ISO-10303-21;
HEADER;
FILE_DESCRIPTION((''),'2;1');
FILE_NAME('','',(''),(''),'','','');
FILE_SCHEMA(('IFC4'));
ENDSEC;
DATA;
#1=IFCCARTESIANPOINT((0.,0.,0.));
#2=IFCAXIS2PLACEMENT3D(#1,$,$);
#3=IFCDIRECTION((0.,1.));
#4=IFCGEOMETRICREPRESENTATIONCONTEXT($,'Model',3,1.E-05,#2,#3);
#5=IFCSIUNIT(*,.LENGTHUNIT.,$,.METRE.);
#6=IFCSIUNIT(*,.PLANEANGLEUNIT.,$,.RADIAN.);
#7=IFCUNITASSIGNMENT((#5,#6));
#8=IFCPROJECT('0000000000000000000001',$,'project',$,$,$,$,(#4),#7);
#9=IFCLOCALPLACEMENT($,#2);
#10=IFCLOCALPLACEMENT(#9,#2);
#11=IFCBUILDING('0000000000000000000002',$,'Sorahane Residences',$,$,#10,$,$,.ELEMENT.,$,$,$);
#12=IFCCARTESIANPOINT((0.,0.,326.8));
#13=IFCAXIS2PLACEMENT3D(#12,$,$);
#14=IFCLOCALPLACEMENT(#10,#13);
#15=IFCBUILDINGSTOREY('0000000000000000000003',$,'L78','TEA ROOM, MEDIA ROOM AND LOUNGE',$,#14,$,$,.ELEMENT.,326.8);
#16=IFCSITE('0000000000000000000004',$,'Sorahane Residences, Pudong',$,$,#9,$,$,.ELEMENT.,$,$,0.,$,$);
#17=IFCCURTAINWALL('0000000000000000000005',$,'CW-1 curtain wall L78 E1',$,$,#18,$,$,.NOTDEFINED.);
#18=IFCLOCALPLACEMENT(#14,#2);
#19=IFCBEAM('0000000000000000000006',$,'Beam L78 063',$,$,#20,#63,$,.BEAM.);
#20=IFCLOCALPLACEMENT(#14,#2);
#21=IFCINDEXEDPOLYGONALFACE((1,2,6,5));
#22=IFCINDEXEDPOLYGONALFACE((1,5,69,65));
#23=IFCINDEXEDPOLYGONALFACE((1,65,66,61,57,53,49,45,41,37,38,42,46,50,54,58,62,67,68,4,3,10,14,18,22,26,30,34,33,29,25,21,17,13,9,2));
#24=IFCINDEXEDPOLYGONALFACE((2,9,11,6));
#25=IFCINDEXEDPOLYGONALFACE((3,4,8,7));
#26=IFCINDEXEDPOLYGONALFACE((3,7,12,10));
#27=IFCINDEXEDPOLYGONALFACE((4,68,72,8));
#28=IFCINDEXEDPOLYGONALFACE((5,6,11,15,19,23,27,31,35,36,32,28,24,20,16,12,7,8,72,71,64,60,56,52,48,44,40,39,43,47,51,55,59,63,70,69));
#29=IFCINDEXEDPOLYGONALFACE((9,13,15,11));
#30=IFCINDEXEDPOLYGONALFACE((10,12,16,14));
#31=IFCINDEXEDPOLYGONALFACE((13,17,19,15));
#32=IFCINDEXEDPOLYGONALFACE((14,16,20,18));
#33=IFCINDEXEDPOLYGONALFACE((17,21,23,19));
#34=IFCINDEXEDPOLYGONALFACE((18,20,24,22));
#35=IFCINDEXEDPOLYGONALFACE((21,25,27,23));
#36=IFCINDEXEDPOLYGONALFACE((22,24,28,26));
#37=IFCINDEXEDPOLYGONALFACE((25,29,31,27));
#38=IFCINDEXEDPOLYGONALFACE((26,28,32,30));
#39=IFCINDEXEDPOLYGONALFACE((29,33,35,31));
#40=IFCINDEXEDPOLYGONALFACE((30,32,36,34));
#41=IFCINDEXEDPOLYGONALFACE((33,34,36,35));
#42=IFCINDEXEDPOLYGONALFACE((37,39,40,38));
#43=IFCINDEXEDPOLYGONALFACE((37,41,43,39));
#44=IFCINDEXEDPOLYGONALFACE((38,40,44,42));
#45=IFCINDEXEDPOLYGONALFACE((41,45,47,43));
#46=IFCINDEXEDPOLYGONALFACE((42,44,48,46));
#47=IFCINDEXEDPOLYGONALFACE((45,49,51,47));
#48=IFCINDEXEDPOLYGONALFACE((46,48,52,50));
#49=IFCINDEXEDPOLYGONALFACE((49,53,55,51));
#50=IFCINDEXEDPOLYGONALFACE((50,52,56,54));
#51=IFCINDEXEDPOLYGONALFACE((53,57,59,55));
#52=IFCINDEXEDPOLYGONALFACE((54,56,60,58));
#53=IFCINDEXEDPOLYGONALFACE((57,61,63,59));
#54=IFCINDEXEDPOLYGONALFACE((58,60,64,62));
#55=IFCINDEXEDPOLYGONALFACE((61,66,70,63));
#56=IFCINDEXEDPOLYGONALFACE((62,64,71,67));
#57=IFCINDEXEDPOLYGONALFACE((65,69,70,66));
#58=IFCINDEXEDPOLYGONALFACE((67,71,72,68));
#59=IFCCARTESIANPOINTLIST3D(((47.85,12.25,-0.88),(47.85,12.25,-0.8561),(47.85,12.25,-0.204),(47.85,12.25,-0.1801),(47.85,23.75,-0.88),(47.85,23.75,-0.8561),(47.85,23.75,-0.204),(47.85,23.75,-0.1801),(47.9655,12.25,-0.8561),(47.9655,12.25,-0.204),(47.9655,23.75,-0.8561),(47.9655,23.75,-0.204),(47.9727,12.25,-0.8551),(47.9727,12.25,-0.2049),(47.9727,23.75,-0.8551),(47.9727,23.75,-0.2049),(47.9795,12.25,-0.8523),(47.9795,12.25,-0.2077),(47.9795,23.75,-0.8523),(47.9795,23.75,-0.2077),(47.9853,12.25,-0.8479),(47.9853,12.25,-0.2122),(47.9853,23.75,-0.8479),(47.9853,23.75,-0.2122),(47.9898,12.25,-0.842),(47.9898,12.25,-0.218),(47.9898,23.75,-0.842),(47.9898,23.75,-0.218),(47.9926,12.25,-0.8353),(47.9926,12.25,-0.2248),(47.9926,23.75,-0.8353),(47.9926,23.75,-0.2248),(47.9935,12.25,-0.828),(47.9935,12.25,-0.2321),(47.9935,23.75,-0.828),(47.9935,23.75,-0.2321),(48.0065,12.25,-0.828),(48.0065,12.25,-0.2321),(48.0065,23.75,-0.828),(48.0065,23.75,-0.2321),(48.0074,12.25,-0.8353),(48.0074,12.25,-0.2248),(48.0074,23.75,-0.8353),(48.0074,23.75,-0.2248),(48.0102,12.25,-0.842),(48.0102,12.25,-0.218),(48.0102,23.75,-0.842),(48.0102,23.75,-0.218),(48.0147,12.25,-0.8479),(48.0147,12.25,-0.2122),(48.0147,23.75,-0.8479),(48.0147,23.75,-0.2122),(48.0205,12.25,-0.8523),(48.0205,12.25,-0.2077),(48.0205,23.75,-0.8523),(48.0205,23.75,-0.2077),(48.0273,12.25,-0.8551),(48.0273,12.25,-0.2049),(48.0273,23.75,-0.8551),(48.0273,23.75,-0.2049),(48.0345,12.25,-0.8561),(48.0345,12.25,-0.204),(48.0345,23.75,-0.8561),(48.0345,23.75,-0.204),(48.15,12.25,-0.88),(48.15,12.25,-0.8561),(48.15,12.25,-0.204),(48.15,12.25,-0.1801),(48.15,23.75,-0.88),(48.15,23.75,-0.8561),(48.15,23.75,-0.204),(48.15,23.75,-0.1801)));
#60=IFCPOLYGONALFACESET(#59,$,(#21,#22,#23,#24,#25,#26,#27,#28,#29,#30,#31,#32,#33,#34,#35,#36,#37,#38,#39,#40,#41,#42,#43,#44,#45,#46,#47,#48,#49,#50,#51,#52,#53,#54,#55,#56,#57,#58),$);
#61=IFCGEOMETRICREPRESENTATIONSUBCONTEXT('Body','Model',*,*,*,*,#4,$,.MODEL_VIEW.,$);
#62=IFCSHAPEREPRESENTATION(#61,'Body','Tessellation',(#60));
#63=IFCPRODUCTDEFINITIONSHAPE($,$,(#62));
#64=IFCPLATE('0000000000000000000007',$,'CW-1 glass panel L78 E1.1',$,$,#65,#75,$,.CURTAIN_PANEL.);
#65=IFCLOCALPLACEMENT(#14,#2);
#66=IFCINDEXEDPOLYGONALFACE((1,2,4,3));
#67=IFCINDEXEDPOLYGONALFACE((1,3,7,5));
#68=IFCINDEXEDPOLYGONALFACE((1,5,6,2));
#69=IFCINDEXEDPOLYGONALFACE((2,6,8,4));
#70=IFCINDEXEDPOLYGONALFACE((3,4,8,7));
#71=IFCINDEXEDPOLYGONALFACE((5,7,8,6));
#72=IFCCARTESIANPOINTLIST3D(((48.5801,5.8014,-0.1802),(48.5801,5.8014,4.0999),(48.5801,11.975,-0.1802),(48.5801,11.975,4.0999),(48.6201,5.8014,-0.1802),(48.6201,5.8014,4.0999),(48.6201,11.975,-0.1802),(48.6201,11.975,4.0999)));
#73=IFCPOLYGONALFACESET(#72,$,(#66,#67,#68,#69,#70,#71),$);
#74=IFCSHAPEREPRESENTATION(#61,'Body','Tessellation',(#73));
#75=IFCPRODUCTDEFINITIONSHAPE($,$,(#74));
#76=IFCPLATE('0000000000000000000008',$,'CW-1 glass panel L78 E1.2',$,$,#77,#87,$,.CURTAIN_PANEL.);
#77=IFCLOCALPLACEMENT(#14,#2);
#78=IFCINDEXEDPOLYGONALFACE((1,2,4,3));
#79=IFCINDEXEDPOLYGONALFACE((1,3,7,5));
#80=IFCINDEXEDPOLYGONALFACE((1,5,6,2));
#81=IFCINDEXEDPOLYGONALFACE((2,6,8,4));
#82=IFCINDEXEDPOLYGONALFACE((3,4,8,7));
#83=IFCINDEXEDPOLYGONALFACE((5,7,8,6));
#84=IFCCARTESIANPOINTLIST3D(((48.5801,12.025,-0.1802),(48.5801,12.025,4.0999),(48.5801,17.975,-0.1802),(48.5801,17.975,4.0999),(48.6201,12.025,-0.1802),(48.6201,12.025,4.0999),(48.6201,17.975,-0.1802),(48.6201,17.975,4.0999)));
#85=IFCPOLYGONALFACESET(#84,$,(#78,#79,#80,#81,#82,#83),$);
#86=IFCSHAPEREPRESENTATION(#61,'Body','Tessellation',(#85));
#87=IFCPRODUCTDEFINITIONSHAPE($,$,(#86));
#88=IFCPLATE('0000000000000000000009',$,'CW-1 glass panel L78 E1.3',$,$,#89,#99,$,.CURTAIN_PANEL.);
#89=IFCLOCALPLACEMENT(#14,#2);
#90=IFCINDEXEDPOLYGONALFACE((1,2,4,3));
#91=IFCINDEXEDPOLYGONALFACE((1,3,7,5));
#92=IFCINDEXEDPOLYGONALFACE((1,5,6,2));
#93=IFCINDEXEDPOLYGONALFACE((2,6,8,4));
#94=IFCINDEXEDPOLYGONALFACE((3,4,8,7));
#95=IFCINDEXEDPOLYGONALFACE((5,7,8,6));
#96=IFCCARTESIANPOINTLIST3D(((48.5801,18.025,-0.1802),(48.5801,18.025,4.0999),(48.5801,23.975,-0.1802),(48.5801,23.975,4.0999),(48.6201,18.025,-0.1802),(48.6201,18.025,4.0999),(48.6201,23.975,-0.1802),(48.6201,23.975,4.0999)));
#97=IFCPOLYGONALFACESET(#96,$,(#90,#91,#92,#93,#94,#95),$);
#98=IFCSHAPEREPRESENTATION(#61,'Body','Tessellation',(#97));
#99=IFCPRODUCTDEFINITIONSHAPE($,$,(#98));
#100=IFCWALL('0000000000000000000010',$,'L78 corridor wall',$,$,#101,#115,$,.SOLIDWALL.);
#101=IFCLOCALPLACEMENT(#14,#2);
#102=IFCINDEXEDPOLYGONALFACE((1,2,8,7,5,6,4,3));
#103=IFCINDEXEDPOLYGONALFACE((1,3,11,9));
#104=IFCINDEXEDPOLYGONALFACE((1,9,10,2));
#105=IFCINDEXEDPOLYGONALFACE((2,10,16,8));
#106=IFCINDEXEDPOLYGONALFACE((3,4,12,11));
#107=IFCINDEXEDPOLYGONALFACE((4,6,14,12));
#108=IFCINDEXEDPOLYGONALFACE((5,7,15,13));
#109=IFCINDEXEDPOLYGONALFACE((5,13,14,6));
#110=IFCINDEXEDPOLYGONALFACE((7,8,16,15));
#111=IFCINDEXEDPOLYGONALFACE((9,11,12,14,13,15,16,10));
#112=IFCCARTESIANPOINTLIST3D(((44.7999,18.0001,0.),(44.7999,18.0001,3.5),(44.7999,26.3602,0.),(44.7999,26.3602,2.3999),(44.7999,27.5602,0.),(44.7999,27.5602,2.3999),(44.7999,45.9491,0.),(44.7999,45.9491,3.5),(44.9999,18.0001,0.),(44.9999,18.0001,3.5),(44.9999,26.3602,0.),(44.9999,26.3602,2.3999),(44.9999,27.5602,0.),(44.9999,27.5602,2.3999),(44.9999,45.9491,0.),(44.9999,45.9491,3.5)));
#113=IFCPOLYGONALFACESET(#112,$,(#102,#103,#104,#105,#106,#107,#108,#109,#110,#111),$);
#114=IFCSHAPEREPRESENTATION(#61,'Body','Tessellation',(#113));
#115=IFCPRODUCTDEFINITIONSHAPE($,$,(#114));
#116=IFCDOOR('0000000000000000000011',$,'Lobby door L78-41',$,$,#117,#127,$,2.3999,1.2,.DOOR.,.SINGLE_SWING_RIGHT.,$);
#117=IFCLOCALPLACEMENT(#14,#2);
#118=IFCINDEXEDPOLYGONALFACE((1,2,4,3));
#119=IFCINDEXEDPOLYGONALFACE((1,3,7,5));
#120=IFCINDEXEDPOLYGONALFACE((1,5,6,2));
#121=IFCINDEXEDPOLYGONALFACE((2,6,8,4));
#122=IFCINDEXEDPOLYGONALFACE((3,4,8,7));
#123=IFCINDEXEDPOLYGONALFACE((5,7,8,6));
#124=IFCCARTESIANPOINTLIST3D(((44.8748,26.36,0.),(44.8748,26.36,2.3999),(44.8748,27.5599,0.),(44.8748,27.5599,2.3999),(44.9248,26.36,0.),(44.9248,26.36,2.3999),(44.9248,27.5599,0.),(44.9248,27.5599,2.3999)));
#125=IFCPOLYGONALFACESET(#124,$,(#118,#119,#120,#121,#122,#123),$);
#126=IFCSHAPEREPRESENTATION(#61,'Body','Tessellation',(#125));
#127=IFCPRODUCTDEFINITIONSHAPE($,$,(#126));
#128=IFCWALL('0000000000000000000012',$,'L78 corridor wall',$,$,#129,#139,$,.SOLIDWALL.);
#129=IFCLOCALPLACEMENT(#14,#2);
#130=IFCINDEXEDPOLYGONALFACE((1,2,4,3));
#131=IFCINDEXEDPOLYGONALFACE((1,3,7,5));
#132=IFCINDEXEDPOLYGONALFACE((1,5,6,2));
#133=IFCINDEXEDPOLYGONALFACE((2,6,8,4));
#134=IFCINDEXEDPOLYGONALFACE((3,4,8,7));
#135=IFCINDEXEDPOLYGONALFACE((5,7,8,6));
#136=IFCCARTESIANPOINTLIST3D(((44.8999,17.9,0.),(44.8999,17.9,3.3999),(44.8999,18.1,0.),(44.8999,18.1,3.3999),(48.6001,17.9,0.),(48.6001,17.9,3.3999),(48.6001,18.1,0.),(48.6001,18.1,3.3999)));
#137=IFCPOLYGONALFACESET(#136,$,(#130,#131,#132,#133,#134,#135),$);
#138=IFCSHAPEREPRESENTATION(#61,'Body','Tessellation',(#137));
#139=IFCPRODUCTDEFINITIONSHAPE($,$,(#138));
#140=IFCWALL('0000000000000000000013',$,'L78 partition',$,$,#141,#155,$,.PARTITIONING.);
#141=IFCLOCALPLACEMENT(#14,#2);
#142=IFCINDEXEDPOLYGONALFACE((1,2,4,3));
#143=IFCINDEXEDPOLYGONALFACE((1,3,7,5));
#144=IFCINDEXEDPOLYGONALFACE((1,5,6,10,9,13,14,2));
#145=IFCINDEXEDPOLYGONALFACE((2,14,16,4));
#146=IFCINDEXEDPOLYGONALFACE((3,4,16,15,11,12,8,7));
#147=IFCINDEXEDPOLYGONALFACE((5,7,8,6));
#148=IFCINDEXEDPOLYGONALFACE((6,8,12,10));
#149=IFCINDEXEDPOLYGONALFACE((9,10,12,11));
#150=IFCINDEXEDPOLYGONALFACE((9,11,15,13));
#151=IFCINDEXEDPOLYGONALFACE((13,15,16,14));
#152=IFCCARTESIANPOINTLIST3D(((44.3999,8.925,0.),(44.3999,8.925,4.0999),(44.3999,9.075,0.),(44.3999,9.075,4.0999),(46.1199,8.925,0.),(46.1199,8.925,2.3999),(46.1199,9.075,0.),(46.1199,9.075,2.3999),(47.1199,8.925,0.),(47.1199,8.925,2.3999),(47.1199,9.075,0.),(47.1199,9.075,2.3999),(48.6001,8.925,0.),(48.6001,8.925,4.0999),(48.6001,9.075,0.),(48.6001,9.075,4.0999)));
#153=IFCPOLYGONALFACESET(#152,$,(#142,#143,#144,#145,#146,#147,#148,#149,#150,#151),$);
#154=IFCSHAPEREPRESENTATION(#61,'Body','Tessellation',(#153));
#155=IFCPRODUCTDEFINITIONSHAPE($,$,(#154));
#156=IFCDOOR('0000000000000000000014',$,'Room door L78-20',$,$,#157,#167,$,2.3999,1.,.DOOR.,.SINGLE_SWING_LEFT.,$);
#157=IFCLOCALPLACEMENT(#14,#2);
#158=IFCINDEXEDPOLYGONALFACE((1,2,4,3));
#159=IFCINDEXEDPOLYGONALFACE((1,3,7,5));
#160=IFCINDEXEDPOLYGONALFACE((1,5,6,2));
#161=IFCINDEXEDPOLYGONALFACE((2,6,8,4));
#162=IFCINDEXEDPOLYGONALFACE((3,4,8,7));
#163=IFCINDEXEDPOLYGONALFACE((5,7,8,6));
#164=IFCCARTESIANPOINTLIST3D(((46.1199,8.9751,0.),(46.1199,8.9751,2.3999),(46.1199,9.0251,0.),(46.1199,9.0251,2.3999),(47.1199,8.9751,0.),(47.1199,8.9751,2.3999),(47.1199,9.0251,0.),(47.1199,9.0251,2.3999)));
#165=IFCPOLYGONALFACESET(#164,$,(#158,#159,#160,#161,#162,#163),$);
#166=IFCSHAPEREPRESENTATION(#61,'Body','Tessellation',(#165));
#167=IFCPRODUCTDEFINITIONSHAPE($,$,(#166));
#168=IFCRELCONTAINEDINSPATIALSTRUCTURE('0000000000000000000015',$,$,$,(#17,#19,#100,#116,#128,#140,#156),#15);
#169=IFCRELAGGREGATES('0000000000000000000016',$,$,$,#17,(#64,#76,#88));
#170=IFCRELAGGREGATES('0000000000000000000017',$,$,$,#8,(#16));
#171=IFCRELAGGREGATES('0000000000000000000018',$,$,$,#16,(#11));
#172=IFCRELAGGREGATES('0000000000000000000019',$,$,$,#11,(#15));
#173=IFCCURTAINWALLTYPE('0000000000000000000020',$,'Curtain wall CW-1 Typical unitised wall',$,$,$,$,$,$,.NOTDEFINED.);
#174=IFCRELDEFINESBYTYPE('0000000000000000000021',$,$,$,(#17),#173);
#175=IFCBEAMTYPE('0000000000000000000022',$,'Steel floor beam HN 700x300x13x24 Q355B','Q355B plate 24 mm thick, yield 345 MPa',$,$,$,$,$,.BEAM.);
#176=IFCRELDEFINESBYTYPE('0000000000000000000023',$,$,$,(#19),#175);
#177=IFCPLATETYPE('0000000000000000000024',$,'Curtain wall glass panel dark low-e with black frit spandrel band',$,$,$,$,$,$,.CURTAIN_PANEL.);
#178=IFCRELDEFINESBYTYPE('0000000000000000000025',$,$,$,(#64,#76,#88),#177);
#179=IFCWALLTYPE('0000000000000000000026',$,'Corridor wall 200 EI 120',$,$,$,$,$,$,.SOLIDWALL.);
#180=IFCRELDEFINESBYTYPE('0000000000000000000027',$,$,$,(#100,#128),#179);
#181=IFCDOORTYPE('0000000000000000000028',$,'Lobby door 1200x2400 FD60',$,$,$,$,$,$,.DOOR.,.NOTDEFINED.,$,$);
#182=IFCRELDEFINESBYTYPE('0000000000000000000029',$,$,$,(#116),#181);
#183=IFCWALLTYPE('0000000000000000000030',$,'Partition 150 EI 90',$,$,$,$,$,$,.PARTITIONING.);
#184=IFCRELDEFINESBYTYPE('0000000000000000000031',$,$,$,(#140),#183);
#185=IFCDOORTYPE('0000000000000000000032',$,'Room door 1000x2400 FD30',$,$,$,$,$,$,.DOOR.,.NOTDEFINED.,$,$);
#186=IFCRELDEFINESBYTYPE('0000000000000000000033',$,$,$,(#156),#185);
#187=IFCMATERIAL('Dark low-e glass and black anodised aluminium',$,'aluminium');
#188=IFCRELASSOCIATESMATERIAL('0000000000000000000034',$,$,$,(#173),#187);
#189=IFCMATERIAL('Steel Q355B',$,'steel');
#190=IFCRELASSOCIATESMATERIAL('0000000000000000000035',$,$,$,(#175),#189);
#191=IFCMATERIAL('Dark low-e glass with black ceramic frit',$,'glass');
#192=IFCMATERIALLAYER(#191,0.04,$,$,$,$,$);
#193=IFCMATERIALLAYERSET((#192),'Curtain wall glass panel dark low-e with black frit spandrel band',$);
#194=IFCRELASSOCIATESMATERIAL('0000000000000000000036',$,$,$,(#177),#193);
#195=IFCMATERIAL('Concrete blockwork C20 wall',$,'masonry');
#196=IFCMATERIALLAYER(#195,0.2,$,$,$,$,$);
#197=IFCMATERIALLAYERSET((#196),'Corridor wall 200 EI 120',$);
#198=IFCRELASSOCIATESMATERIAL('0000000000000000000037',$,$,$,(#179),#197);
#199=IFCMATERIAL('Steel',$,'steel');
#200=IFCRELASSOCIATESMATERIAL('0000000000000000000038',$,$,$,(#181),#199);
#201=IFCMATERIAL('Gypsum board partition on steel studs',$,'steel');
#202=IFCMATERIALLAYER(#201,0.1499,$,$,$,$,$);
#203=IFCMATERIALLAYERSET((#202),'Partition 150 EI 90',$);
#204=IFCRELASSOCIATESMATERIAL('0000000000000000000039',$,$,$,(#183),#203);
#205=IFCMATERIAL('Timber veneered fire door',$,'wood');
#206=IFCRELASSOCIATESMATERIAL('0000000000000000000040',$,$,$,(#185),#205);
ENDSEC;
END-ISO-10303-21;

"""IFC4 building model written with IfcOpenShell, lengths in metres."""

from ifc_helpers import new_model, si_unit, direction, frame, frame_2d, origin, origin_2d, place, context, subcontext, project, spatial, rectangle, i_section, extrude, material, layer, layer_set, material_profile, profile_set, type_object, element, fill, aggregate, save


model = new_model("IFC4")

# Units and contexts
model_context = context("Model", 3, precision=1e-05, world=origin(), true_north=direction((0.0, 1.0)))
body_context = subcontext(model_context, "Body", "Model", "MODEL_VIEW")
ifc_project = project(units=[si_unit("LENGTHUNIT", "METRE"), si_unit("PLANEANGLEUNIT", "RADIAN")], contexts=[model_context])

# Site, building, storey
site_placement = place(None, origin())
site = spatial("IfcSite", under=ifc_project, at=site_placement, Name="Sorahane Residences, Pudong", CompositionType="ELEMENT", RefElevation=0.0)
building_placement = place(site_placement, origin())
building = spatial("IfcBuilding", under=site, at=building_placement, Name="Sorahane Residences", CompositionType="ELEMENT")
storey_placement = place(building_placement, frame((0.0, 0.0, 326.8)))
storey = spatial("IfcBuildingStorey", under=building, at=storey_placement, Name="L78", Description="TEA ROOM, MEDIA ROOM AND LOUNGE", CompositionType="ELEMENT", Elevation=326.8)

# Curtain wall
ifc_material_1 = material(Name="Dark low-e glass and black anodised aluminium", Category="aluminium")
curtain_wall_type = type_object("IfcCurtainWallType", Name="Curtain wall CW-1 Typical unitised wall", PredefinedType="NOTDEFINED", material=ifc_material_1)
curtain_wall_placement = place(storey_placement, origin())
curtain_wall = element("IfcCurtainWall", 1, at=curtain_wall_placement, inside=storey, type_object=curtain_wall_type, Name="CW-1 curtain wall L78 E1", PredefinedType="NOTDEFINED")

# Beam
ifc_material_2 = material(Name="Steel Q355B", Category="steel")
ifc_material_profile_1 = material_profile(ifc_material_2, i_section(OverallWidth=0.3, OverallDepth=0.7, WebThickness=0.0129, FlangeThickness=0.0239, FilletRadius=0.0281, at=origin_2d()), Name="HN 700x300x13x24")
ifc_profile_set_1 = profile_set([ifc_material_profile_1], Name="Steel Q355B")
beam_type_1 = type_object("IfcBeamType", Name="Steel floor beam HN 700x300x13x24 Q355B", Description="Q355B plate 24 mm thick, yield 345 MPa", PredefinedType="BEAM", material=ifc_profile_set_1)
beam_1_placement = place(storey_placement, frame((48.0, 12.25, -0.53), z_axis=(0.0, 1.0, 0.0), x_axis=(-1.0, 0.0, 0.0)))
element("IfcBeam", 2, at=beam_1_placement, inside=storey, type_object=beam_type_1, Name="Beam L78 063", PredefinedType="BEAM", context=body_context, shape_type="SweptSolid", body=[
    extrude(i_section(OverallWidth=0.3, OverallDepth=0.7, WebThickness=0.0129, FlangeThickness=0.0239, FilletRadius=0.0281, at=origin_2d()), origin(), (0.0, 0.0, 1.0), 11.5),
])

# Plates
ifc_material_3 = material(Name="Dark low-e glass with black ceramic frit", Category="glass")
ifc_layer_1 = layer(ifc_material_3, 0.04)
ifc_layer_set_1 = layer_set([ifc_layer_1], Name="Curtain wall glass panel dark low-e with black frit spandrel band")
plate_type = type_object("IfcPlateType", Name="Curtain wall glass panel dark low-e with black frit spandrel band", PredefinedType="CURTAIN_PANEL", material=ifc_layer_set_1)
plate_1_placement = place(storey_placement, frame((48.6001, 8.8882, -0.1802), z_axis=(0.0, 0.0, 1.0), x_axis=(0.0, 1.0, 0.0)))
plate_1 = element("IfcPlate", 3, at=plate_1_placement, type_object=plate_type, Name="CW-1 glass panel L78 E1.1", PredefinedType="CURTAIN_PANEL", context=body_context, shape_type="SweptSolid", body=[
    extrude(rectangle(XDim=6.1736, YDim=0.04, at=origin_2d()), origin(), (0.0, 0.0, 1.0), 4.28),
])
plate_2_placement = place(storey_placement, frame((48.6001, 15.0, -0.1802), z_axis=(0.0, 0.0, 1.0), x_axis=(0.0, 1.0, 0.0)))
plate_2 = element("IfcPlate", 4, at=plate_2_placement, type_object=plate_type, Name="CW-1 glass panel L78 E1.2", PredefinedType="CURTAIN_PANEL", context=body_context, shape_type="SweptSolid", body=[
    extrude(rectangle(XDim=5.95, YDim=0.04, at=origin_2d()), origin(), (0.0, 0.0, 1.0), 4.28),
])
plate_3_placement = place(storey_placement, frame((48.6001, 21.0, -0.1802), z_axis=(0.0, 0.0, 1.0), x_axis=(0.0, 1.0, 0.0)))
plate_3 = element("IfcPlate", 5, at=plate_3_placement, type_object=plate_type, Name="CW-1 glass panel L78 E1.3", PredefinedType="CURTAIN_PANEL", context=body_context, shape_type="SweptSolid", body=[
    extrude(rectangle(XDim=5.95, YDim=0.04, at=origin_2d()), origin(), (0.0, 0.0, 1.0), 4.28),
])
aggregate(curtain_wall, [plate_1, plate_2, plate_3])

# Wall, opening, door
ifc_material_4 = material(Name="Concrete blockwork C20 wall", Category="masonry")
ifc_layer_2 = layer(ifc_material_4, 0.2)
ifc_layer_set_2 = layer_set([ifc_layer_2], Name="Corridor wall 200 EI 120")
wall_type_1 = type_object("IfcWallType", Name="Corridor wall 200 EI 120", PredefinedType="SOLIDWALL", material=ifc_layer_set_2)
wall_1_placement = place(storey_placement, frame((44.8999, 18.0, 0.0), z_axis=(0.0, 0.0, 1.0), x_axis=(0.0, 1.0, 0.0)))
wall_1 = element("IfcWall", 6, at=wall_1_placement, inside=storey, type_object=wall_type_1, Name="L78 corridor wall", PredefinedType="SOLIDWALL", context=body_context, shape_type="SweptSolid", body=[
    extrude(rectangle(XDim=27.949, YDim=0.2, at=frame_2d((13.9746, 0.0))), origin(), (0.0, 0.0, 1.0), 3.5),
])
opening_1_placement = place(wall_1_placement, frame((8.3601, 0.0, 0.0)))
opening_1 = element("IfcOpeningElement", 7, at=opening_1_placement, cuts=wall_1, PredefinedType="OPENING", context=body_context, shape_type="SweptSolid", body=[
    extrude(rectangle(XDim=1.2, YDim=2.3999, at=frame_2d((0.6001, 1.2))), frame((0.0, 0.1099, 0.0), z_axis=(0.0, -1.0, 0.0), x_axis=(1.0, 0.0, 0.0)), (0.0, 0.0, 1.0), 0.22),
])
ifc_material_5 = material(Name="Steel", Category="steel")
door_type_1 = type_object("IfcDoorType", Name="Lobby door 1200x2400 FD60", OperationType="NOTDEFINED", PredefinedType="DOOR", material=ifc_material_5)
door_1_placement = place(opening_1_placement, frame((1.2, 0.0, 0.0), z_axis=(0.0, 0.0, 1.0), x_axis=(-1.0, 0.0, 0.0)))
door_1 = element("IfcDoor", 8, at=door_1_placement, inside=storey, type_object=door_type_1, Name="Lobby door L78-41", OperationType="SINGLE_SWING_RIGHT", OverallHeight=2.3999, OverallWidth=1.2, PredefinedType="DOOR", context=body_context, shape_type="SweptSolid", body=[
    extrude(rectangle(XDim=1.2, YDim=2.3999, at=frame_2d((0.6001, 1.2))), frame((0.0, 0.0249, 0.0), z_axis=(0.0, -1.0, 0.0), x_axis=(1.0, 0.0, 0.0)), (0.0, 0.0, 1.0), 0.05),
])
fill(opening_1, door_1)

# Wall
wall_2_placement = place(storey_placement, frame((44.8999, 18.0, 0.0), z_axis=(0.0, 0.0, 1.0), x_axis=(1.0, 0.0, 0.0)))
element("IfcWall", 9, at=wall_2_placement, inside=storey, type_object=wall_type_1, Name="L78 corridor wall", PredefinedType="SOLIDWALL", context=body_context, shape_type="SweptSolid", body=[
    extrude(rectangle(XDim=3.7002, YDim=0.2, at=frame_2d((1.8501, 0.0))), origin(), (0.0, 0.0, 1.0), 3.3999),
])

# Wall, opening, door
ifc_material_6 = material(Name="Gypsum board partition on steel studs", Category="steel")
ifc_layer_3 = layer(ifc_material_6, 0.1499)
ifc_layer_set_3 = layer_set([ifc_layer_3], Name="Partition 150 EI 90")
wall_type_2 = type_object("IfcWallType", Name="Partition 150 EI 90", PredefinedType="PARTITIONING", material=ifc_layer_set_3)
wall_3_placement = place(storey_placement, frame((44.3999, 9.0, 0.0), z_axis=(0.0, 0.0, 1.0), x_axis=(1.0, 0.0, 0.0)))
wall_3 = element("IfcWall", 10, at=wall_3_placement, inside=storey, type_object=wall_type_2, Name="L78 partition", PredefinedType="PARTITIONING", context=body_context, shape_type="SweptSolid", body=[
    extrude(rectangle(XDim=4.2002, YDim=0.1499, at=frame_2d((2.1001, 0.0))), origin(), (0.0, 0.0, 1.0), 4.0999),
])
opening_2_placement = place(wall_3_placement, frame((1.72, 0.0, 0.0)))
opening_2 = element("IfcOpeningElement", 11, at=opening_2_placement, cuts=wall_3, PredefinedType="OPENING", context=body_context, shape_type="SweptSolid", body=[
    extrude(rectangle(XDim=1.0, YDim=2.3999, at=frame_2d((0.5, 1.2))), frame((0.0, 0.085, 0.0), z_axis=(0.0, -1.0, 0.0), x_axis=(1.0, 0.0, 0.0)), (0.0, 0.0, 1.0), 0.1699),
])
ifc_material_7 = material(Name="Timber veneered fire door", Category="wood")
door_type_2 = type_object("IfcDoorType", Name="Room door 1000x2400 FD30", OperationType="NOTDEFINED", PredefinedType="DOOR", material=ifc_material_7)
door_2_placement = place(opening_2_placement, frame((1.0, 0.0, 0.0), z_axis=(0.0, 0.0, 1.0), x_axis=(-1.0, 0.0, 0.0)))
door_2 = element("IfcDoor", 12, at=door_2_placement, inside=storey, type_object=door_type_2, Name="Room door L78-20", OperationType="SINGLE_SWING_LEFT", OverallHeight=2.3999, OverallWidth=1.0, PredefinedType="DOOR", context=body_context, shape_type="SweptSolid", body=[
    extrude(rectangle(XDim=1.0, YDim=2.3999, at=frame_2d((0.5, 1.2))), frame((0.0, 0.0249, 0.0), z_axis=(0.0, -1.0, 0.0), x_axis=(1.0, 0.0, 0.0)), (0.0, 0.0, 1.0), 0.05),
])
fill(opening_2, door_2)

save(model, "model.ifc")
